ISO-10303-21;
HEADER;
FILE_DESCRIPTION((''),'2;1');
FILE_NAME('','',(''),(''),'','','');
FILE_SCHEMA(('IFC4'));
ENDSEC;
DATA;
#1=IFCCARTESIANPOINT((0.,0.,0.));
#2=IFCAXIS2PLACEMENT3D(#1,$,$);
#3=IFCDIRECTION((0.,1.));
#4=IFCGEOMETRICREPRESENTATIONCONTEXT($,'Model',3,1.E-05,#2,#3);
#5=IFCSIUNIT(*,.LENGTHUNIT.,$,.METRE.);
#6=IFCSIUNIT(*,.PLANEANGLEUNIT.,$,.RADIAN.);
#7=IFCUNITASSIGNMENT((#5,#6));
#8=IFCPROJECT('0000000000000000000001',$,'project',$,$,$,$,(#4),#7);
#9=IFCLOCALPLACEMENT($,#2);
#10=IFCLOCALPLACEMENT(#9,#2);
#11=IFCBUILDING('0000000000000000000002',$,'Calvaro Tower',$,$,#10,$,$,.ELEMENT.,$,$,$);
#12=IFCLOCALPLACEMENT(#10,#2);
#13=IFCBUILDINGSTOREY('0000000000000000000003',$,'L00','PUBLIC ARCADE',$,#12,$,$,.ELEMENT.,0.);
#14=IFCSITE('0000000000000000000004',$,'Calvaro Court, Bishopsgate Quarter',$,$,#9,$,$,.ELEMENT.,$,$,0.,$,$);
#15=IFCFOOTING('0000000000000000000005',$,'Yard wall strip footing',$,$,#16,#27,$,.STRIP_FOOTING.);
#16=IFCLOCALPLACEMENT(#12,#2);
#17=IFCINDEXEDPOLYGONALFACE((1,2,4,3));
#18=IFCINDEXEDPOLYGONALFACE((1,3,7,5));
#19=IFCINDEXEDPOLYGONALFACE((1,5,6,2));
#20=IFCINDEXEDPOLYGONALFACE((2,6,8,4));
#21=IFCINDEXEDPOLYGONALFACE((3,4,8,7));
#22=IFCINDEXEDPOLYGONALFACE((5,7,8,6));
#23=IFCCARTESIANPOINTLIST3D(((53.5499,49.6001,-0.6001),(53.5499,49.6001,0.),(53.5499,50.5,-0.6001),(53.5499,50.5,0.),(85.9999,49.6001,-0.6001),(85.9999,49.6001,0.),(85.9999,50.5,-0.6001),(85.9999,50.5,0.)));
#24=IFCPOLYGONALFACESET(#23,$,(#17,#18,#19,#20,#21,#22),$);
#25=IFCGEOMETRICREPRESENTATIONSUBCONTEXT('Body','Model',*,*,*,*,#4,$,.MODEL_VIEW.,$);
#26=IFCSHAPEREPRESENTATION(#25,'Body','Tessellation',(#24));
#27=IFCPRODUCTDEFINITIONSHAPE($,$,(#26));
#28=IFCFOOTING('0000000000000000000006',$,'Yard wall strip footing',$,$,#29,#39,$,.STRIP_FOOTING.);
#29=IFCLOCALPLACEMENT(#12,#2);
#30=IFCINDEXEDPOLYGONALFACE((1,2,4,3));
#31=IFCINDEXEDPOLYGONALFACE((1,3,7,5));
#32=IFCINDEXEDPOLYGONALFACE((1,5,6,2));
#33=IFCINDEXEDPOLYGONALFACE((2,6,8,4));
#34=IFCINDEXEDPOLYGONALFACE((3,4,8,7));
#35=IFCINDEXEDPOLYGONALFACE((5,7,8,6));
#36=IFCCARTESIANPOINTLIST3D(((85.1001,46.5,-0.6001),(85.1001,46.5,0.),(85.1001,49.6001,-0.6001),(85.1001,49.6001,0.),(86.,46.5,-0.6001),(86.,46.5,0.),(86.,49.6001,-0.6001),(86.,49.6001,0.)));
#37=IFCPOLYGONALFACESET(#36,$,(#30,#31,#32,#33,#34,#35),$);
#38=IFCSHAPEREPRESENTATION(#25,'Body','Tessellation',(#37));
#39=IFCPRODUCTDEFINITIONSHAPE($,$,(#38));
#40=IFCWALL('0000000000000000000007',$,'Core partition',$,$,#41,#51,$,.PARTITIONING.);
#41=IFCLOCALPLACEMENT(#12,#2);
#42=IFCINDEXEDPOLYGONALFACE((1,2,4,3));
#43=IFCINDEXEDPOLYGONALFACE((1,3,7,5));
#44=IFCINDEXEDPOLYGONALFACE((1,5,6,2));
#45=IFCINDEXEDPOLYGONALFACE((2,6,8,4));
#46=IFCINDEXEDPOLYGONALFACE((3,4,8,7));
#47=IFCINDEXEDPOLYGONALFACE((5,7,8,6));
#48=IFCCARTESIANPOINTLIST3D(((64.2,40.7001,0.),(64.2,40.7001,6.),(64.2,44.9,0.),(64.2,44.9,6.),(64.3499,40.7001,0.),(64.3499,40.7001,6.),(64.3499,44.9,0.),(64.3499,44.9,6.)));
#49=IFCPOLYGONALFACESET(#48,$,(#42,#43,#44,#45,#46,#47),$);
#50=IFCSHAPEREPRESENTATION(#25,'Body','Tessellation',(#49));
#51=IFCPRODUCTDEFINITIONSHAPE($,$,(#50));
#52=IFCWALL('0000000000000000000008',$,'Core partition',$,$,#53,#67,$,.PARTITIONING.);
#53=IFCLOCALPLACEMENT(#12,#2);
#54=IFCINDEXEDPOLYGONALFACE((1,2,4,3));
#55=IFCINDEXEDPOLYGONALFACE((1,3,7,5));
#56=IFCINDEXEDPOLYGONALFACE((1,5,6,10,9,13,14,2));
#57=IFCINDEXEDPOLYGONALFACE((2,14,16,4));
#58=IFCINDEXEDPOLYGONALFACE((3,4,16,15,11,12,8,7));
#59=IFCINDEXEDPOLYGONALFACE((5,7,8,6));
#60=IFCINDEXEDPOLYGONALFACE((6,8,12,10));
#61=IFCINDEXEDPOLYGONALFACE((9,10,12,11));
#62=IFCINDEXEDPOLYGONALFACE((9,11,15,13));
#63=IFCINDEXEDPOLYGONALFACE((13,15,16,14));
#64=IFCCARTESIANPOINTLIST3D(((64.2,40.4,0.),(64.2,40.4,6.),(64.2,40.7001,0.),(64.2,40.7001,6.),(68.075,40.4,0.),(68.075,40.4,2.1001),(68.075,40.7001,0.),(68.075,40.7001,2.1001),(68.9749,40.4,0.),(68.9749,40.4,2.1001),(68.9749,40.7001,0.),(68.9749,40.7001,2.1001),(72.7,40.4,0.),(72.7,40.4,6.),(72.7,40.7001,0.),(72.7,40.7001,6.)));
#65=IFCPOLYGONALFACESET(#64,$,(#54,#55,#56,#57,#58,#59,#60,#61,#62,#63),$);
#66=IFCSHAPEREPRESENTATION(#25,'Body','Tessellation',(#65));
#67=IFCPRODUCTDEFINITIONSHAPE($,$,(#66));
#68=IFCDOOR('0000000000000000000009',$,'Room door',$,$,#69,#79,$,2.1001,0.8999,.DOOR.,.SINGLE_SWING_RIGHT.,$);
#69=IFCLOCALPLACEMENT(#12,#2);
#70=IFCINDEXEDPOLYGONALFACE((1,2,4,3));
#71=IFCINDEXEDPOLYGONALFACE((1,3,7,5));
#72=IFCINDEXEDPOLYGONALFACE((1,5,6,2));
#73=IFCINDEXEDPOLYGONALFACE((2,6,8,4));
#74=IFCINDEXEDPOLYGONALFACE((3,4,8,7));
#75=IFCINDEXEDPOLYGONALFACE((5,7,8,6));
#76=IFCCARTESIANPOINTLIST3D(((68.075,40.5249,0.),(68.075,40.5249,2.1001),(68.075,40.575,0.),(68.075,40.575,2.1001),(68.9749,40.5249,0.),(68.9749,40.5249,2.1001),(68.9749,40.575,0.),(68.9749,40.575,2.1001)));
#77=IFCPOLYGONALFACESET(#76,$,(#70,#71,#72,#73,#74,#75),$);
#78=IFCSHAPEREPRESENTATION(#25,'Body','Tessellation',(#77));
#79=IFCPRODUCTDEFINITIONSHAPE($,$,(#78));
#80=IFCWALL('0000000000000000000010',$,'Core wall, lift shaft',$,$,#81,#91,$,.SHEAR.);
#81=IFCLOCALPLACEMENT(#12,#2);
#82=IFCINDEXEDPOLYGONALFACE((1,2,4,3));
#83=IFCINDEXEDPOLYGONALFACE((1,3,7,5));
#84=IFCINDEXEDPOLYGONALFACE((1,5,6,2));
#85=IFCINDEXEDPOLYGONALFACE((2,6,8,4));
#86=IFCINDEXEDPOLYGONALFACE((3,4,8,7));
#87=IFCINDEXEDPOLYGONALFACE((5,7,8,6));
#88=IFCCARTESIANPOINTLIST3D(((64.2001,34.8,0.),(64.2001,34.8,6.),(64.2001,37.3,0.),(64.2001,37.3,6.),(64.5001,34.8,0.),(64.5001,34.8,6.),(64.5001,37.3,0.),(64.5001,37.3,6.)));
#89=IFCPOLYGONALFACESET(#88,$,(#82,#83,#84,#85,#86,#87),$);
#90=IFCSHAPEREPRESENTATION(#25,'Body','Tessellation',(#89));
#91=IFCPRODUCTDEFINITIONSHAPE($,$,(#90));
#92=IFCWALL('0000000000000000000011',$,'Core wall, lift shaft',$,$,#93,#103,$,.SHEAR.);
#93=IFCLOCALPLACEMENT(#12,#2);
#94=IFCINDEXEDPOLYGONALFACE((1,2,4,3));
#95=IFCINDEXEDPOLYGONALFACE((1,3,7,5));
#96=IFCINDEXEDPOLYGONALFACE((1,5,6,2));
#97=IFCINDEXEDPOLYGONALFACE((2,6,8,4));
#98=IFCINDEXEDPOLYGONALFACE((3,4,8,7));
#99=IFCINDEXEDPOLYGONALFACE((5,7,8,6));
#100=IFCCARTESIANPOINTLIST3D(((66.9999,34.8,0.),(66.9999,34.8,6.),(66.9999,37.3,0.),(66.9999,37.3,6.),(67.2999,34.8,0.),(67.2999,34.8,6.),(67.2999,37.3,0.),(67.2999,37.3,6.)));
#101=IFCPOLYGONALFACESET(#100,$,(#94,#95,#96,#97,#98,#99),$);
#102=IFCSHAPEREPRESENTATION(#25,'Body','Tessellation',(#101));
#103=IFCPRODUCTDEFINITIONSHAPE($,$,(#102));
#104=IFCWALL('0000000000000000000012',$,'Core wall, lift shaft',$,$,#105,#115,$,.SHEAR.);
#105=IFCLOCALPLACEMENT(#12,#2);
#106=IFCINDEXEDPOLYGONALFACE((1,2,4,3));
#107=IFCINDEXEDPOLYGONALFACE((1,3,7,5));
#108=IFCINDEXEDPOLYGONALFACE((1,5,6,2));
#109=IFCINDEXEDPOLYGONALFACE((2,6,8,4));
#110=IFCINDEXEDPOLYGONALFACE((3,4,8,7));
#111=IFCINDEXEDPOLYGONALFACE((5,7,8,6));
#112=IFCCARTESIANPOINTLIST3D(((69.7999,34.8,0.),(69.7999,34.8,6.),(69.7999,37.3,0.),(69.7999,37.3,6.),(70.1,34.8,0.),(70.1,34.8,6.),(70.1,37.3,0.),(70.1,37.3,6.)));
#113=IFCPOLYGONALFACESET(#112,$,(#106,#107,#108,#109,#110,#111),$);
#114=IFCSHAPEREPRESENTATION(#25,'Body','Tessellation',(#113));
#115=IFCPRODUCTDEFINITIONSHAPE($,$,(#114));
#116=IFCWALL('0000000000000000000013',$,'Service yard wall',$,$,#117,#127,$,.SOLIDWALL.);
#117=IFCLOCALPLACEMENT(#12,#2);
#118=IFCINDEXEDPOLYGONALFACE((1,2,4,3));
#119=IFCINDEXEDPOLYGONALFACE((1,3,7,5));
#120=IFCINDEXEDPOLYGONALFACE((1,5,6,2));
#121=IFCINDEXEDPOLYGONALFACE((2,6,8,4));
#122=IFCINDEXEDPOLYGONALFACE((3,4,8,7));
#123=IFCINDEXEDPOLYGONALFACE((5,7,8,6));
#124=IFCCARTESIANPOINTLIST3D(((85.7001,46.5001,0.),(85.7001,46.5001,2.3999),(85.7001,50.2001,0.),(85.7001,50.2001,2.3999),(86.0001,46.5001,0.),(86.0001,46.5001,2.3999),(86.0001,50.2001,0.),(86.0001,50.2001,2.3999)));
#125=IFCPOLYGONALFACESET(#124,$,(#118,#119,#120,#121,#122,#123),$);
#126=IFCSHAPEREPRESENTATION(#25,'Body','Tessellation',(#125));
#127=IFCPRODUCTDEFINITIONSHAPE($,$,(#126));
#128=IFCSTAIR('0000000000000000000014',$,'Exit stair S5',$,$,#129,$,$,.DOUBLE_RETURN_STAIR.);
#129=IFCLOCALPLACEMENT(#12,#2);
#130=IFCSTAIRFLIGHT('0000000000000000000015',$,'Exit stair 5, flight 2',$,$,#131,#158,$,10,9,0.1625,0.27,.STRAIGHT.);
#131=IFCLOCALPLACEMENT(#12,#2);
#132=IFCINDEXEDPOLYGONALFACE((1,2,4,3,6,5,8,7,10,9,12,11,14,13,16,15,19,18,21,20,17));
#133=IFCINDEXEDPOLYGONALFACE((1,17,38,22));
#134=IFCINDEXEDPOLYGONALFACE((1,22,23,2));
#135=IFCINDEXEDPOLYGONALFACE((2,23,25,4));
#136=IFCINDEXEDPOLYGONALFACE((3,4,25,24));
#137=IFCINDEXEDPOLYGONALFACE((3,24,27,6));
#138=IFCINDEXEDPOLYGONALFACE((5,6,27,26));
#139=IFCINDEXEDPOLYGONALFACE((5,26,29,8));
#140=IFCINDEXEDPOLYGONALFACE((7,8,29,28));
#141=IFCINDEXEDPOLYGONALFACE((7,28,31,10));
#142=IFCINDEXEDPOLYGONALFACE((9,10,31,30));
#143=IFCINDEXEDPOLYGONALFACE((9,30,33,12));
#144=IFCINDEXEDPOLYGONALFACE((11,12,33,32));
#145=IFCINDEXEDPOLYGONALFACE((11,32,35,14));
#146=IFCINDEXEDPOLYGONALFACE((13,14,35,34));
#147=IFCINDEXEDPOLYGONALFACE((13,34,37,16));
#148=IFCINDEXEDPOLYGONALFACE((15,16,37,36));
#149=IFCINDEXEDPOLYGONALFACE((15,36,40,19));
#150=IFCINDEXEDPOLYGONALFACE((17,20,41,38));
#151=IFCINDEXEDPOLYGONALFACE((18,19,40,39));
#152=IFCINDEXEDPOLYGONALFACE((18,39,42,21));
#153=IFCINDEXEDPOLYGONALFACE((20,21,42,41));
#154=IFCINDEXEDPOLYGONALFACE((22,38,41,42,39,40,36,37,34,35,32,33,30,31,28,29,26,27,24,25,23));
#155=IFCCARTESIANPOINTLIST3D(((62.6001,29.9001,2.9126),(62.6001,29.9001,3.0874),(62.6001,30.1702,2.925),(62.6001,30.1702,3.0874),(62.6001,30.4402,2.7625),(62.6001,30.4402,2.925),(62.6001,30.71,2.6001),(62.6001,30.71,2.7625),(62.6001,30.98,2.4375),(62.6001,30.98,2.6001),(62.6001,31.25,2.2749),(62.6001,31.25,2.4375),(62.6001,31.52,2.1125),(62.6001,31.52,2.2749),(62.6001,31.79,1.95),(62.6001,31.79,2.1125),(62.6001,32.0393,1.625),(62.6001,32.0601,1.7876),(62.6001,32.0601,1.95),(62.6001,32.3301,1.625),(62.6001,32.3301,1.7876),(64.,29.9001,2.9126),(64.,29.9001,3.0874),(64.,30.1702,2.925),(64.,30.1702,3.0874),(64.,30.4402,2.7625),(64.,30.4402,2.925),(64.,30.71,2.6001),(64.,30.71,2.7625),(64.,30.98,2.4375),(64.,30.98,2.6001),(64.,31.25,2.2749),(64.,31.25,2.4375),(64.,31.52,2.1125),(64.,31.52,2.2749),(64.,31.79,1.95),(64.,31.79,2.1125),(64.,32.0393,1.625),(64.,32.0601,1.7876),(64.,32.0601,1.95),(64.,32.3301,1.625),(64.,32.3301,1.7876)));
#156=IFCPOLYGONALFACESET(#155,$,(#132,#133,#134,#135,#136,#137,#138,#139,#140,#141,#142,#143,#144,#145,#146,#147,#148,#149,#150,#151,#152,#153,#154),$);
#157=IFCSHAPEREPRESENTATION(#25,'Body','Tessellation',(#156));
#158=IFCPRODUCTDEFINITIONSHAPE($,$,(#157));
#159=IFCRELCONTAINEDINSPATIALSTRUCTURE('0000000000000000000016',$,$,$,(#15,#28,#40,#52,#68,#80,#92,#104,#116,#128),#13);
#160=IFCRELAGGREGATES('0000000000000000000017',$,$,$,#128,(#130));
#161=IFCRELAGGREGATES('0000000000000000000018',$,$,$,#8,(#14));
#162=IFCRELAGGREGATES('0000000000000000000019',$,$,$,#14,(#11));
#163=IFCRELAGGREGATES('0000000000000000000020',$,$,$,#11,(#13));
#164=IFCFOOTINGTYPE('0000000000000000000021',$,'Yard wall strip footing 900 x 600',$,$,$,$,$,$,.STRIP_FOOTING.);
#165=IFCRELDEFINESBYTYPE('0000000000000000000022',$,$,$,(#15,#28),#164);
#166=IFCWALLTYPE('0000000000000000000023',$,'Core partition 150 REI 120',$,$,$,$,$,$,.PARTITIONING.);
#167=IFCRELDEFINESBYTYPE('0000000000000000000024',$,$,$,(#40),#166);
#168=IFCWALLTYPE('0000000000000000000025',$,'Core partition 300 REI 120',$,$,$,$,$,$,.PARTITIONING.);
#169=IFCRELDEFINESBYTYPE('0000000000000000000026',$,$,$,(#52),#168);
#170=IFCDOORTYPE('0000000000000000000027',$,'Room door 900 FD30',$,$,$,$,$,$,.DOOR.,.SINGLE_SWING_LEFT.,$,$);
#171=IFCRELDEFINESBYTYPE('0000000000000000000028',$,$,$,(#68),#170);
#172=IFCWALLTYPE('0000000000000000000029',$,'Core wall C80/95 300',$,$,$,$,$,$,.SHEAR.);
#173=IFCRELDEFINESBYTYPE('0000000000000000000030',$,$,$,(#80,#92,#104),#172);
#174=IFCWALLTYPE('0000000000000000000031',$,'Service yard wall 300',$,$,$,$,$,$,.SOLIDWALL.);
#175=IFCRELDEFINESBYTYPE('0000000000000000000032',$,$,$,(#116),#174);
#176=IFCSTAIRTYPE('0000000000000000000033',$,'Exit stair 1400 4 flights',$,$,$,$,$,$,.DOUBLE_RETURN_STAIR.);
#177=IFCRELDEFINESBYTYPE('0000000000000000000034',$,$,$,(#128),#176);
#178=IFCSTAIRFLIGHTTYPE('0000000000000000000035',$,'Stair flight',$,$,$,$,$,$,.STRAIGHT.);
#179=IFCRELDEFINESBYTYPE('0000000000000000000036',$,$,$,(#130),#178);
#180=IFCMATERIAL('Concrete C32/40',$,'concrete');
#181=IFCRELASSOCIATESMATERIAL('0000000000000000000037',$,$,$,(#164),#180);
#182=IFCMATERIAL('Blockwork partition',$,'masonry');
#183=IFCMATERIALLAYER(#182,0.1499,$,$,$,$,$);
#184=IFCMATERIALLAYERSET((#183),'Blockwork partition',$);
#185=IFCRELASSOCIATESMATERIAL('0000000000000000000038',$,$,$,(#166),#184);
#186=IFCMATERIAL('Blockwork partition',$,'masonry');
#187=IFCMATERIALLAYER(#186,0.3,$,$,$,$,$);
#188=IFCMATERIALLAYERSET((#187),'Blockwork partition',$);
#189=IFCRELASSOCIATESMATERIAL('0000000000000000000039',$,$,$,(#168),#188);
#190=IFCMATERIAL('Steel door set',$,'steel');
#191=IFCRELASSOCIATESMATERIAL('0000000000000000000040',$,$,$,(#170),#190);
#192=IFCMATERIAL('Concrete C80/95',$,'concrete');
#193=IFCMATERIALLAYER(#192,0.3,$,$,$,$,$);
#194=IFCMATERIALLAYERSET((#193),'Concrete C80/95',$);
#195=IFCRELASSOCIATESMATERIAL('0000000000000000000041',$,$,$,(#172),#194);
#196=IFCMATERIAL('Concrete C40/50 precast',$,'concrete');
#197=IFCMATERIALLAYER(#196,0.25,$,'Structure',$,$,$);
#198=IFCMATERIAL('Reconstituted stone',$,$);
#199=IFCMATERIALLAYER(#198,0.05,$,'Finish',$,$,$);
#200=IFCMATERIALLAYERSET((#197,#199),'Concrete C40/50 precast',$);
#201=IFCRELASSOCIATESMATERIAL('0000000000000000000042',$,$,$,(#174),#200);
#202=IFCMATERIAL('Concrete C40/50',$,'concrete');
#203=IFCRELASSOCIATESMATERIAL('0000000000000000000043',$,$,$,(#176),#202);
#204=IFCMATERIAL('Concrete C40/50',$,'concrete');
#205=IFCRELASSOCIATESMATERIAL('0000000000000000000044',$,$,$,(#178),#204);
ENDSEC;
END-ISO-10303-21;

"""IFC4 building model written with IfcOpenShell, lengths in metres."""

from ifc_helpers import new_model, si_unit, direction, frame, frame_2d, origin, origin_2d, place, context, subcontext, project, spatial, polyline, rectangle, outline, extrude, material, layer, layer_set, type_object, element, fill, aggregate, save


model = new_model("IFC4")

# Units and contexts
model_context = context("Model", 3, precision=1e-05, world=origin(), true_north=direction((0.0, 1.0)))
body_context = subcontext(model_context, "Body", "Model", "MODEL_VIEW")
ifc_project = project(units=[si_unit("LENGTHUNIT", "METRE"), si_unit("PLANEANGLEUNIT", "RADIAN")], contexts=[model_context])

# Site, building, storey
site_placement = place(None, origin())
site = spatial("IfcSite", under=ifc_project, at=site_placement, Name="Calvaro Court, Bishopsgate Quarter", CompositionType="ELEMENT", RefElevation=0.0)
building_placement = place(site_placement, origin())
building = spatial("IfcBuilding", under=site, at=building_placement, Name="Calvaro Tower", CompositionType="ELEMENT")
storey_placement = place(building_placement, origin())
storey = spatial("IfcBuildingStorey", under=building, at=storey_placement, Name="L00", Description="PUBLIC ARCADE", CompositionType="ELEMENT", Elevation=0.0)

# Footings
ifc_material_1 = material(Name="Concrete C32/40", Category="concrete")
footing_type = type_object("IfcFootingType", Name="Yard wall strip footing 900 x 600", PredefinedType="STRIP_FOOTING", material=ifc_material_1)
footing_1_placement = place(storey_placement, frame((69.7749, 50.05, -0.6001), z_axis=(0.0, 0.0, 1.0), x_axis=(1.0, 0.0, 0.0)))
element("IfcFooting", 1, at=footing_1_placement, inside=storey, type_object=footing_type, Name="Yard wall strip footing", PredefinedType="STRIP_FOOTING", context=body_context, shape_type="SweptSolid", body=[
    extrude(rectangle(XDim=32.45, YDim=0.8999, at=origin_2d()), origin(), (0.0, 0.0, 1.0), 0.6001),
])
footing_2_placement = place(storey_placement, frame((85.55, 48.05, -0.6001), z_axis=(0.0, 0.0, 1.0), x_axis=(1.0, 0.0, 0.0)))
element("IfcFooting", 2, at=footing_2_placement, inside=storey, type_object=footing_type, Name="Yard wall strip footing", PredefinedType="STRIP_FOOTING", context=body_context, shape_type="SweptSolid", body=[
    extrude(rectangle(XDim=0.8999, YDim=3.1001, at=origin_2d()), origin(), (0.0, 0.0, 1.0), 0.6001),
])

# Wall
ifc_material_2 = material(Name="Blockwork partition", Category="masonry")
ifc_layer_1 = layer(ifc_material_2, 0.1499)
ifc_layer_set_1 = layer_set([ifc_layer_1], Name="Blockwork partition")
wall_type_1 = type_object("IfcWallType", Name="Core partition 150 REI 120", PredefinedType="PARTITIONING", material=ifc_layer_set_1)
wall_1_placement = place(storey_placement, frame((64.2749, 40.7, 0.0), z_axis=(0.0, 0.0, 1.0), x_axis=(0.0, 1.0, 0.0)))
element("IfcWall", 3, at=wall_1_placement, inside=storey, type_object=wall_type_1, Name="Core partition", PredefinedType="PARTITIONING", context=body_context, shape_type="SweptSolid", body=[
    extrude(rectangle(XDim=4.2, YDim=0.1499, at=frame_2d((2.1001, 0.0))), origin(), (0.0, 0.0, 1.0), 6.0),
])

# Wall, opening, door
ifc_material_3 = material(Name="Blockwork partition", Category="masonry")
ifc_layer_2 = layer(ifc_material_3, 0.3)
ifc_layer_set_2 = layer_set([ifc_layer_2], Name="Blockwork partition")
wall_type_2 = type_object("IfcWallType", Name="Core partition 300 REI 120", PredefinedType="PARTITIONING", material=ifc_layer_set_2)
wall_2_placement = place(storey_placement, frame((64.2, 40.55, 0.0), z_axis=(0.0, 0.0, 1.0), x_axis=(1.0, 0.0, 0.0)))
wall_2 = element("IfcWall", 4, at=wall_2_placement, inside=storey, type_object=wall_type_2, Name="Core partition", PredefinedType="PARTITIONING", context=body_context, shape_type="SweptSolid", body=[
    extrude(rectangle(XDim=8.5, YDim=0.3, at=frame_2d((4.25, 0.0))), origin(), (0.0, 0.0, 1.0), 6.0),
])
opening_placement = place(wall_2_placement, frame((3.875, 0.0, 0.0)))
opening = element("IfcOpeningElement", 5, at=opening_placement, cuts=wall_2, PredefinedType="OPENING", context=body_context, shape_type="SweptSolid", body=[
    extrude(rectangle(XDim=0.8999, YDim=2.1001, at=frame_2d((0.45, 1.05))), frame((0.0, 0.1599, 0.0), z_axis=(0.0, -1.0, 0.0), x_axis=(1.0, 0.0, 0.0)), (0.0, 0.0, 1.0), 0.3201),
])
ifc_material_4 = material(Name="Steel door set", Category="steel")
door_type = type_object("IfcDoorType", Name="Room door 900 FD30", OperationType="SINGLE_SWING_LEFT", PredefinedType="DOOR", material=ifc_material_4)
door_placement = place(opening_placement, origin())
door = element("IfcDoor", 6, at=door_placement, inside=storey, type_object=door_type, Name="Room door", OperationType="SINGLE_SWING_RIGHT", OverallHeight=2.1001, OverallWidth=0.8999, PredefinedType="DOOR", context=body_context, shape_type="SweptSolid", body=[
    extrude(rectangle(XDim=0.8999, YDim=2.1001, at=frame_2d((0.45, 1.05))), frame((0.0, 0.0249, 0.0), z_axis=(0.0, -1.0, 0.0), x_axis=(1.0, 0.0, 0.0)), (0.0, 0.0, 1.0), 0.05),
])
fill(opening, door)

# Walls
ifc_material_5 = material(Name="Concrete C80/95", Category="concrete")
ifc_layer_3 = layer(ifc_material_5, 0.3)
ifc_layer_set_3 = layer_set([ifc_layer_3], Name="Concrete C80/95")
wall_type_3 = type_object("IfcWallType", Name="Core wall C80/95 300", PredefinedType="SHEAR", material=ifc_layer_set_3)
for number, where, z_axis, x_axis, name in (
    (7, (64.3501, 34.8, 0.0), (0.0, 0.0, 1.0), (0.0, 1.0, 0.0), "Core wall, lift shaft"),
    (8, (67.1499, 34.8, 0.0), (0.0, 0.0, 1.0), (0.0, 1.0, 0.0), "Core wall, lift shaft"),
    (9, (69.95, 34.8, 0.0), (0.0, 0.0, 1.0), (0.0, 1.0, 0.0), "Core wall, lift shaft"),
):
    element("IfcWall", number, at=place(storey_placement, frame(where, z_axis=z_axis, x_axis=x_axis)), inside=storey, type_object=wall_type_3, Name=name, PredefinedType="SHEAR", context=body_context, shape_type="SweptSolid", body=[
        extrude(rectangle(XDim=2.5, YDim=0.3, at=frame_2d((1.25, 0.0))), origin(), (0.0, 0.0, 1.0), 6.0),
    ])
ifc_material_6 = material(Name="Concrete C40/50 precast", Category="concrete")
ifc_layer_4 = layer(ifc_material_6, 0.25, Name="Structure")
ifc_material_7 = material(Name="Reconstituted stone")
ifc_layer_5 = layer(ifc_material_7, 0.05, Name="Finish")
ifc_layer_set_4 = layer_set([ifc_layer_4, ifc_layer_5], Name="Concrete C40/50 precast")
wall_type_4 = type_object("IfcWallType", Name="Service yard wall 300", PredefinedType="SOLIDWALL", material=ifc_layer_set_4)
wall_3_placement = place(storey_placement, frame((85.8501, 46.5, 0.0), z_axis=(0.0, 0.0, 1.0), x_axis=(0.0, 1.0, 0.0)))
element("IfcWall", 10, at=wall_3_placement, inside=storey, type_object=wall_type_4, Name="Service yard wall", PredefinedType="SOLIDWALL", context=body_context, shape_type="SweptSolid", body=[
    extrude(rectangle(XDim=3.7, YDim=0.3, at=frame_2d((1.8501, 0.0))), origin(), (0.0, 0.0, 1.0), 2.3999),
])

# Stair, stair flight
ifc_material_8 = material(Name="Concrete C40/50", Category="concrete")
stair_type = type_object("IfcStairType", Name="Exit stair 1400 4 flights", PredefinedType="DOUBLE_RETURN_STAIR", material=ifc_material_8)
stair_placement = place(storey_placement, origin())
stair = element("IfcStair", 11, at=stair_placement, inside=storey, type_object=stair_type, Name="Exit stair S5", PredefinedType="DOUBLE_RETURN_STAIR")
ifc_material_9 = material(Name="Concrete C40/50", Category="concrete")
stair_flight_type = type_object("IfcStairFlightType", Name="Stair flight", PredefinedType="STRAIGHT", material=ifc_material_9)
stair_flight_1_placement = place(storey_placement, frame((63.3, 32.3301, 1.625), z_axis=(0.0, 0.0, 1.0), x_axis=(0.0, -1.0, 0.0)))
stair_flight_1 = element("IfcStairFlight", 12, at=stair_flight_1_placement, type_object=stair_flight_type, Name="Exit stair 5, flight 2", NumberOfRisers=10, NumberOfTreads=9, PredefinedType="STRAIGHT", RiserHeight=0.1625, TreadLength=0.27, context=body_context, shape_type="SweptSolid", body=[
    extrude(outline(polyline([(0.0, 0.0), (0.0, 0.1626), (0.27, 0.1626), (0.27, 0.325), (0.54, 0.325), (0.54, 0.4875), (0.8101, 0.4875), (0.8101, 0.6499), (1.0801, 0.6499), (1.0801, 0.8125), (1.3501, 0.8125), (1.3501, 0.9751), (1.6201, 0.9751), (1.6201, 1.1375), (1.8899, 1.1375), (1.8899, 1.3), (2.1599, 1.3), (2.1599, 1.4624), (2.4299, 1.4624), (2.4299, 1.625), (2.4299, 1.2876), (0.2908, 0.0), (0.0, 0.0)])), frame((0.0, 0.7, 0.0), z_axis=(0.0, -1.0, 0.0), x_axis=(1.0, 0.0, 0.0)), (0.0, 0.0, 1.0), 1.3999),
])

aggregate(stair, [stair_flight_1])

save(model, "model.ifc")
